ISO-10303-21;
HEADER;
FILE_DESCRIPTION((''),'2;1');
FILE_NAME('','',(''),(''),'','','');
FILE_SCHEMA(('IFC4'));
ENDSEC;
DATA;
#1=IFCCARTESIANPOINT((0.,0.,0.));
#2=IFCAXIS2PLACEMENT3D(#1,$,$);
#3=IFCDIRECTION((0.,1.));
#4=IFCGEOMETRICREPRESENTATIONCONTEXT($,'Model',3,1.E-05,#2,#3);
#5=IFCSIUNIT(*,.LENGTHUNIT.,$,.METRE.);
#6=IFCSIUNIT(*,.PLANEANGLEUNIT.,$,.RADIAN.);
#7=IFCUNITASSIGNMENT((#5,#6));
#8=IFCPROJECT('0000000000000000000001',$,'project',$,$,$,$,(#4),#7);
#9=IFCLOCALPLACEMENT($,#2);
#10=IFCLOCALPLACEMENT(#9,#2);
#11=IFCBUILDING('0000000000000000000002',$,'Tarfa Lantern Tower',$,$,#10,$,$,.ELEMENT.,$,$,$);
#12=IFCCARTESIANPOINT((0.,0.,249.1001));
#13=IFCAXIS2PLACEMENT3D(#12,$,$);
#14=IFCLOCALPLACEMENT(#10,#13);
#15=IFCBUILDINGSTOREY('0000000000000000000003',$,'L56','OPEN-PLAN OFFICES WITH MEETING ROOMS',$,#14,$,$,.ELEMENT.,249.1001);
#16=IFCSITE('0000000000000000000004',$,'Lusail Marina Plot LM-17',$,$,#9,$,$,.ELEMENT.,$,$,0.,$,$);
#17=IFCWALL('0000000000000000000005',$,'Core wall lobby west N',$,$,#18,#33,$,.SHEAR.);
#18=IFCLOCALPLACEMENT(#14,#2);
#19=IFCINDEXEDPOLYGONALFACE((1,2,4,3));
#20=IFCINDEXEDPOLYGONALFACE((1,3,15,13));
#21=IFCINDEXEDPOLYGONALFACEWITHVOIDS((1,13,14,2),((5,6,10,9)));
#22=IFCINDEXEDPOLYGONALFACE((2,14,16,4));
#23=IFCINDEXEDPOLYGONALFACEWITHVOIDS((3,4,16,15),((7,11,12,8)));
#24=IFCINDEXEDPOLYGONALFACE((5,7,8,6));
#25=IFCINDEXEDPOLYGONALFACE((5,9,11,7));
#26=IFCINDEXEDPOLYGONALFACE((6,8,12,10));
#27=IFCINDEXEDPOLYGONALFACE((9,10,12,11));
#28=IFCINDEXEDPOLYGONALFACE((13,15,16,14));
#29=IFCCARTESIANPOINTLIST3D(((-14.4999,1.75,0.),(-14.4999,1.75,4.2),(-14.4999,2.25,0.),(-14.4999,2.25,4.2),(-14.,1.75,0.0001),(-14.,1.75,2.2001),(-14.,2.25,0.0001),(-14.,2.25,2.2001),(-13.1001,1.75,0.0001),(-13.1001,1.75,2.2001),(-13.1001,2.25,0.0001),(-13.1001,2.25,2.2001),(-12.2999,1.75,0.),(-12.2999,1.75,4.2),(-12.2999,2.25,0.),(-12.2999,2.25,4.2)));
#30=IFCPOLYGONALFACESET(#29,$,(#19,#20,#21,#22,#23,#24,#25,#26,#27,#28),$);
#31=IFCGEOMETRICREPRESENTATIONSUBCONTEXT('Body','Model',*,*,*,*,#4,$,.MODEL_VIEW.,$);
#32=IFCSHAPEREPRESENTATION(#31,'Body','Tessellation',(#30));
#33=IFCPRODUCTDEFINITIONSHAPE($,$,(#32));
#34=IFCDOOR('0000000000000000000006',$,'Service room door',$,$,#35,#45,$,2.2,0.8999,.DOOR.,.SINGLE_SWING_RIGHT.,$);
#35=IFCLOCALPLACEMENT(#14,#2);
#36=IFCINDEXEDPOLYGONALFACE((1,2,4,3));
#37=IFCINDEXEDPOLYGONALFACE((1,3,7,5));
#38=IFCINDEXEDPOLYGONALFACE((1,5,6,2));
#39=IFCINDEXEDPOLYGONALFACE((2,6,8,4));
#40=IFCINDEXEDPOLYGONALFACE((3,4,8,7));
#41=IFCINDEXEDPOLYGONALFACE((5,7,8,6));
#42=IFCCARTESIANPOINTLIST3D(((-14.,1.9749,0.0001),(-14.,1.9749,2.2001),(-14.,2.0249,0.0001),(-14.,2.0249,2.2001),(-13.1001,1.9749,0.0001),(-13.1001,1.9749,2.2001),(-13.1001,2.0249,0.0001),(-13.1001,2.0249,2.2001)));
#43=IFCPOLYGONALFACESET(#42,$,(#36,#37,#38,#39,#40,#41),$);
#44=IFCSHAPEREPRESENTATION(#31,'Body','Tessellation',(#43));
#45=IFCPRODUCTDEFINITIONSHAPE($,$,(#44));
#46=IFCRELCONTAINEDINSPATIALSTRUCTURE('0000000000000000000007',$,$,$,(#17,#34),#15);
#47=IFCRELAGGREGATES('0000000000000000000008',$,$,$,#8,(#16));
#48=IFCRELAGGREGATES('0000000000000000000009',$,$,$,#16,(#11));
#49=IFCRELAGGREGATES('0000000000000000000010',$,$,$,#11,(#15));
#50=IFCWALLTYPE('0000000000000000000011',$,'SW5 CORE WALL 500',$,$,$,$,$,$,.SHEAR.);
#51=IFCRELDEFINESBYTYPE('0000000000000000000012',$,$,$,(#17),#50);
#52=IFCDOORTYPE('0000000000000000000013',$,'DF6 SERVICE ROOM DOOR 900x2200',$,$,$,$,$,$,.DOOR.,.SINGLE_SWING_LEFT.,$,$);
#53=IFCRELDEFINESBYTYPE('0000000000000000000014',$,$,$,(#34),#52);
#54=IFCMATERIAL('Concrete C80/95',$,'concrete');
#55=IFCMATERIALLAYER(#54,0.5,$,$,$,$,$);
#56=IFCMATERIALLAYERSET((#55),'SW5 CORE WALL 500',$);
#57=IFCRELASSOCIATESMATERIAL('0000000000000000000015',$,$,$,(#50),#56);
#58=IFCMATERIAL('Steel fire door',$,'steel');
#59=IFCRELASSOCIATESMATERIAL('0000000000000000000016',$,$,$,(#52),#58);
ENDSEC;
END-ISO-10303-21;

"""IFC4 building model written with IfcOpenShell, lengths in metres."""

from ifc_helpers import new_model, si_unit, direction, frame, frame_2d, origin, place, context, subcontext, project, spatial, rectangle, extrude, material, layer, layer_set, type_object, element, fill, save


model = new_model("IFC4")

# Units and contexts
model_context = context("Model", 3, precision=1e-05, world=origin(), true_north=direction((0.0, 1.0)))
body_context = subcontext(model_context, "Body", "Model", "MODEL_VIEW")
ifc_project = project(units=[si_unit("LENGTHUNIT", "METRE"), si_unit("PLANEANGLEUNIT", "RADIAN")], contexts=[model_context])

# Site, building, storey
site_placement = place(None, origin())
site = spatial("IfcSite", under=ifc_project, at=site_placement, Name="Lusail Marina Plot LM-17", CompositionType="ELEMENT", RefElevation=0.0)
building_placement = place(site_placement, origin())
building = spatial("IfcBuilding", under=site, at=building_placement, Name="Tarfa Lantern Tower", CompositionType="ELEMENT")
storey_placement = place(building_placement, frame((0.0, 0.0, 249.1001)))
storey = spatial("IfcBuildingStorey", under=building, at=storey_placement, Name="L56", Description="OPEN-PLAN OFFICES WITH MEETING ROOMS", CompositionType="ELEMENT", Elevation=249.1001)

# Shared definitions
ifc_material_1 = material(Name="Concrete C80/95", Category="concrete")

# Wall, opening, door
ifc_layer_1 = layer(ifc_material_1, 0.5)
ifc_layer_set_1 = layer_set([ifc_layer_1], Name="SW5 CORE WALL 500")
wall_type_1 = type_object("IfcWallType", Name="SW5 CORE WALL 500", PredefinedType="SHEAR", material=ifc_layer_set_1)
wall_1_placement = place(storey_placement, frame((-14.5, 2.0, 0.0), z_axis=(0.0, 0.0, 1.0), x_axis=(1.0, 0.0, 0.0)))
wall_1 = element("IfcWall", 1, at=wall_1_placement, inside=storey, type_object=wall_type_1, Name="Core wall lobby west N", PredefinedType="SHEAR", context=body_context, shape_type="SweptSolid", body=[
    extrude(rectangle(XDim=2.2, YDim=0.5, at=frame_2d((1.1001, 0.0))), origin(), (0.0, 0.0, 1.0), 4.2),
])
opening_1_placement = place(wall_1_placement, frame((0.5, 0.0, 0.0)))
opening_1 = element("IfcOpeningElement", 2, at=opening_1_placement, cuts=wall_1, PredefinedType="OPENING", context=body_context, shape_type="SweptSolid", body=[
    extrude(rectangle(XDim=0.8999, YDim=2.2, at=frame_2d((0.45, 1.1001))), frame((0.0, 0.26, 0.0), z_axis=(0.0, -1.0, 0.0), x_axis=(1.0, 0.0, 0.0)), (0.0, 0.0, 1.0), 0.52),
])
ifc_material_2 = material(Name="Steel fire door", Category="steel")
door_type_1 = type_object("IfcDoorType", Name="DF6 SERVICE ROOM DOOR 900x2200", OperationType="SINGLE_SWING_LEFT", PredefinedType="DOOR", material=ifc_material_2)
door_1_placement = place(opening_1_placement, origin())
door_1 = element("IfcDoor", 3, at=door_1_placement, inside=storey, type_object=door_type_1, Name="Service room door", OperationType="SINGLE_SWING_RIGHT", OverallHeight=2.2, OverallWidth=0.8999, PredefinedType="DOOR", context=body_context, shape_type="SweptSolid", body=[
    extrude(rectangle(XDim=0.8999, YDim=2.2, at=frame_2d((0.45, 1.1001))), frame((0.0, 0.0249, 0.0), z_axis=(0.0, -1.0, 0.0), x_axis=(1.0, 0.0, 0.0)), (0.0, 0.0, 1.0), 0.05),
])
fill(opening_1, door_1)

save(model, "model.ifc")
